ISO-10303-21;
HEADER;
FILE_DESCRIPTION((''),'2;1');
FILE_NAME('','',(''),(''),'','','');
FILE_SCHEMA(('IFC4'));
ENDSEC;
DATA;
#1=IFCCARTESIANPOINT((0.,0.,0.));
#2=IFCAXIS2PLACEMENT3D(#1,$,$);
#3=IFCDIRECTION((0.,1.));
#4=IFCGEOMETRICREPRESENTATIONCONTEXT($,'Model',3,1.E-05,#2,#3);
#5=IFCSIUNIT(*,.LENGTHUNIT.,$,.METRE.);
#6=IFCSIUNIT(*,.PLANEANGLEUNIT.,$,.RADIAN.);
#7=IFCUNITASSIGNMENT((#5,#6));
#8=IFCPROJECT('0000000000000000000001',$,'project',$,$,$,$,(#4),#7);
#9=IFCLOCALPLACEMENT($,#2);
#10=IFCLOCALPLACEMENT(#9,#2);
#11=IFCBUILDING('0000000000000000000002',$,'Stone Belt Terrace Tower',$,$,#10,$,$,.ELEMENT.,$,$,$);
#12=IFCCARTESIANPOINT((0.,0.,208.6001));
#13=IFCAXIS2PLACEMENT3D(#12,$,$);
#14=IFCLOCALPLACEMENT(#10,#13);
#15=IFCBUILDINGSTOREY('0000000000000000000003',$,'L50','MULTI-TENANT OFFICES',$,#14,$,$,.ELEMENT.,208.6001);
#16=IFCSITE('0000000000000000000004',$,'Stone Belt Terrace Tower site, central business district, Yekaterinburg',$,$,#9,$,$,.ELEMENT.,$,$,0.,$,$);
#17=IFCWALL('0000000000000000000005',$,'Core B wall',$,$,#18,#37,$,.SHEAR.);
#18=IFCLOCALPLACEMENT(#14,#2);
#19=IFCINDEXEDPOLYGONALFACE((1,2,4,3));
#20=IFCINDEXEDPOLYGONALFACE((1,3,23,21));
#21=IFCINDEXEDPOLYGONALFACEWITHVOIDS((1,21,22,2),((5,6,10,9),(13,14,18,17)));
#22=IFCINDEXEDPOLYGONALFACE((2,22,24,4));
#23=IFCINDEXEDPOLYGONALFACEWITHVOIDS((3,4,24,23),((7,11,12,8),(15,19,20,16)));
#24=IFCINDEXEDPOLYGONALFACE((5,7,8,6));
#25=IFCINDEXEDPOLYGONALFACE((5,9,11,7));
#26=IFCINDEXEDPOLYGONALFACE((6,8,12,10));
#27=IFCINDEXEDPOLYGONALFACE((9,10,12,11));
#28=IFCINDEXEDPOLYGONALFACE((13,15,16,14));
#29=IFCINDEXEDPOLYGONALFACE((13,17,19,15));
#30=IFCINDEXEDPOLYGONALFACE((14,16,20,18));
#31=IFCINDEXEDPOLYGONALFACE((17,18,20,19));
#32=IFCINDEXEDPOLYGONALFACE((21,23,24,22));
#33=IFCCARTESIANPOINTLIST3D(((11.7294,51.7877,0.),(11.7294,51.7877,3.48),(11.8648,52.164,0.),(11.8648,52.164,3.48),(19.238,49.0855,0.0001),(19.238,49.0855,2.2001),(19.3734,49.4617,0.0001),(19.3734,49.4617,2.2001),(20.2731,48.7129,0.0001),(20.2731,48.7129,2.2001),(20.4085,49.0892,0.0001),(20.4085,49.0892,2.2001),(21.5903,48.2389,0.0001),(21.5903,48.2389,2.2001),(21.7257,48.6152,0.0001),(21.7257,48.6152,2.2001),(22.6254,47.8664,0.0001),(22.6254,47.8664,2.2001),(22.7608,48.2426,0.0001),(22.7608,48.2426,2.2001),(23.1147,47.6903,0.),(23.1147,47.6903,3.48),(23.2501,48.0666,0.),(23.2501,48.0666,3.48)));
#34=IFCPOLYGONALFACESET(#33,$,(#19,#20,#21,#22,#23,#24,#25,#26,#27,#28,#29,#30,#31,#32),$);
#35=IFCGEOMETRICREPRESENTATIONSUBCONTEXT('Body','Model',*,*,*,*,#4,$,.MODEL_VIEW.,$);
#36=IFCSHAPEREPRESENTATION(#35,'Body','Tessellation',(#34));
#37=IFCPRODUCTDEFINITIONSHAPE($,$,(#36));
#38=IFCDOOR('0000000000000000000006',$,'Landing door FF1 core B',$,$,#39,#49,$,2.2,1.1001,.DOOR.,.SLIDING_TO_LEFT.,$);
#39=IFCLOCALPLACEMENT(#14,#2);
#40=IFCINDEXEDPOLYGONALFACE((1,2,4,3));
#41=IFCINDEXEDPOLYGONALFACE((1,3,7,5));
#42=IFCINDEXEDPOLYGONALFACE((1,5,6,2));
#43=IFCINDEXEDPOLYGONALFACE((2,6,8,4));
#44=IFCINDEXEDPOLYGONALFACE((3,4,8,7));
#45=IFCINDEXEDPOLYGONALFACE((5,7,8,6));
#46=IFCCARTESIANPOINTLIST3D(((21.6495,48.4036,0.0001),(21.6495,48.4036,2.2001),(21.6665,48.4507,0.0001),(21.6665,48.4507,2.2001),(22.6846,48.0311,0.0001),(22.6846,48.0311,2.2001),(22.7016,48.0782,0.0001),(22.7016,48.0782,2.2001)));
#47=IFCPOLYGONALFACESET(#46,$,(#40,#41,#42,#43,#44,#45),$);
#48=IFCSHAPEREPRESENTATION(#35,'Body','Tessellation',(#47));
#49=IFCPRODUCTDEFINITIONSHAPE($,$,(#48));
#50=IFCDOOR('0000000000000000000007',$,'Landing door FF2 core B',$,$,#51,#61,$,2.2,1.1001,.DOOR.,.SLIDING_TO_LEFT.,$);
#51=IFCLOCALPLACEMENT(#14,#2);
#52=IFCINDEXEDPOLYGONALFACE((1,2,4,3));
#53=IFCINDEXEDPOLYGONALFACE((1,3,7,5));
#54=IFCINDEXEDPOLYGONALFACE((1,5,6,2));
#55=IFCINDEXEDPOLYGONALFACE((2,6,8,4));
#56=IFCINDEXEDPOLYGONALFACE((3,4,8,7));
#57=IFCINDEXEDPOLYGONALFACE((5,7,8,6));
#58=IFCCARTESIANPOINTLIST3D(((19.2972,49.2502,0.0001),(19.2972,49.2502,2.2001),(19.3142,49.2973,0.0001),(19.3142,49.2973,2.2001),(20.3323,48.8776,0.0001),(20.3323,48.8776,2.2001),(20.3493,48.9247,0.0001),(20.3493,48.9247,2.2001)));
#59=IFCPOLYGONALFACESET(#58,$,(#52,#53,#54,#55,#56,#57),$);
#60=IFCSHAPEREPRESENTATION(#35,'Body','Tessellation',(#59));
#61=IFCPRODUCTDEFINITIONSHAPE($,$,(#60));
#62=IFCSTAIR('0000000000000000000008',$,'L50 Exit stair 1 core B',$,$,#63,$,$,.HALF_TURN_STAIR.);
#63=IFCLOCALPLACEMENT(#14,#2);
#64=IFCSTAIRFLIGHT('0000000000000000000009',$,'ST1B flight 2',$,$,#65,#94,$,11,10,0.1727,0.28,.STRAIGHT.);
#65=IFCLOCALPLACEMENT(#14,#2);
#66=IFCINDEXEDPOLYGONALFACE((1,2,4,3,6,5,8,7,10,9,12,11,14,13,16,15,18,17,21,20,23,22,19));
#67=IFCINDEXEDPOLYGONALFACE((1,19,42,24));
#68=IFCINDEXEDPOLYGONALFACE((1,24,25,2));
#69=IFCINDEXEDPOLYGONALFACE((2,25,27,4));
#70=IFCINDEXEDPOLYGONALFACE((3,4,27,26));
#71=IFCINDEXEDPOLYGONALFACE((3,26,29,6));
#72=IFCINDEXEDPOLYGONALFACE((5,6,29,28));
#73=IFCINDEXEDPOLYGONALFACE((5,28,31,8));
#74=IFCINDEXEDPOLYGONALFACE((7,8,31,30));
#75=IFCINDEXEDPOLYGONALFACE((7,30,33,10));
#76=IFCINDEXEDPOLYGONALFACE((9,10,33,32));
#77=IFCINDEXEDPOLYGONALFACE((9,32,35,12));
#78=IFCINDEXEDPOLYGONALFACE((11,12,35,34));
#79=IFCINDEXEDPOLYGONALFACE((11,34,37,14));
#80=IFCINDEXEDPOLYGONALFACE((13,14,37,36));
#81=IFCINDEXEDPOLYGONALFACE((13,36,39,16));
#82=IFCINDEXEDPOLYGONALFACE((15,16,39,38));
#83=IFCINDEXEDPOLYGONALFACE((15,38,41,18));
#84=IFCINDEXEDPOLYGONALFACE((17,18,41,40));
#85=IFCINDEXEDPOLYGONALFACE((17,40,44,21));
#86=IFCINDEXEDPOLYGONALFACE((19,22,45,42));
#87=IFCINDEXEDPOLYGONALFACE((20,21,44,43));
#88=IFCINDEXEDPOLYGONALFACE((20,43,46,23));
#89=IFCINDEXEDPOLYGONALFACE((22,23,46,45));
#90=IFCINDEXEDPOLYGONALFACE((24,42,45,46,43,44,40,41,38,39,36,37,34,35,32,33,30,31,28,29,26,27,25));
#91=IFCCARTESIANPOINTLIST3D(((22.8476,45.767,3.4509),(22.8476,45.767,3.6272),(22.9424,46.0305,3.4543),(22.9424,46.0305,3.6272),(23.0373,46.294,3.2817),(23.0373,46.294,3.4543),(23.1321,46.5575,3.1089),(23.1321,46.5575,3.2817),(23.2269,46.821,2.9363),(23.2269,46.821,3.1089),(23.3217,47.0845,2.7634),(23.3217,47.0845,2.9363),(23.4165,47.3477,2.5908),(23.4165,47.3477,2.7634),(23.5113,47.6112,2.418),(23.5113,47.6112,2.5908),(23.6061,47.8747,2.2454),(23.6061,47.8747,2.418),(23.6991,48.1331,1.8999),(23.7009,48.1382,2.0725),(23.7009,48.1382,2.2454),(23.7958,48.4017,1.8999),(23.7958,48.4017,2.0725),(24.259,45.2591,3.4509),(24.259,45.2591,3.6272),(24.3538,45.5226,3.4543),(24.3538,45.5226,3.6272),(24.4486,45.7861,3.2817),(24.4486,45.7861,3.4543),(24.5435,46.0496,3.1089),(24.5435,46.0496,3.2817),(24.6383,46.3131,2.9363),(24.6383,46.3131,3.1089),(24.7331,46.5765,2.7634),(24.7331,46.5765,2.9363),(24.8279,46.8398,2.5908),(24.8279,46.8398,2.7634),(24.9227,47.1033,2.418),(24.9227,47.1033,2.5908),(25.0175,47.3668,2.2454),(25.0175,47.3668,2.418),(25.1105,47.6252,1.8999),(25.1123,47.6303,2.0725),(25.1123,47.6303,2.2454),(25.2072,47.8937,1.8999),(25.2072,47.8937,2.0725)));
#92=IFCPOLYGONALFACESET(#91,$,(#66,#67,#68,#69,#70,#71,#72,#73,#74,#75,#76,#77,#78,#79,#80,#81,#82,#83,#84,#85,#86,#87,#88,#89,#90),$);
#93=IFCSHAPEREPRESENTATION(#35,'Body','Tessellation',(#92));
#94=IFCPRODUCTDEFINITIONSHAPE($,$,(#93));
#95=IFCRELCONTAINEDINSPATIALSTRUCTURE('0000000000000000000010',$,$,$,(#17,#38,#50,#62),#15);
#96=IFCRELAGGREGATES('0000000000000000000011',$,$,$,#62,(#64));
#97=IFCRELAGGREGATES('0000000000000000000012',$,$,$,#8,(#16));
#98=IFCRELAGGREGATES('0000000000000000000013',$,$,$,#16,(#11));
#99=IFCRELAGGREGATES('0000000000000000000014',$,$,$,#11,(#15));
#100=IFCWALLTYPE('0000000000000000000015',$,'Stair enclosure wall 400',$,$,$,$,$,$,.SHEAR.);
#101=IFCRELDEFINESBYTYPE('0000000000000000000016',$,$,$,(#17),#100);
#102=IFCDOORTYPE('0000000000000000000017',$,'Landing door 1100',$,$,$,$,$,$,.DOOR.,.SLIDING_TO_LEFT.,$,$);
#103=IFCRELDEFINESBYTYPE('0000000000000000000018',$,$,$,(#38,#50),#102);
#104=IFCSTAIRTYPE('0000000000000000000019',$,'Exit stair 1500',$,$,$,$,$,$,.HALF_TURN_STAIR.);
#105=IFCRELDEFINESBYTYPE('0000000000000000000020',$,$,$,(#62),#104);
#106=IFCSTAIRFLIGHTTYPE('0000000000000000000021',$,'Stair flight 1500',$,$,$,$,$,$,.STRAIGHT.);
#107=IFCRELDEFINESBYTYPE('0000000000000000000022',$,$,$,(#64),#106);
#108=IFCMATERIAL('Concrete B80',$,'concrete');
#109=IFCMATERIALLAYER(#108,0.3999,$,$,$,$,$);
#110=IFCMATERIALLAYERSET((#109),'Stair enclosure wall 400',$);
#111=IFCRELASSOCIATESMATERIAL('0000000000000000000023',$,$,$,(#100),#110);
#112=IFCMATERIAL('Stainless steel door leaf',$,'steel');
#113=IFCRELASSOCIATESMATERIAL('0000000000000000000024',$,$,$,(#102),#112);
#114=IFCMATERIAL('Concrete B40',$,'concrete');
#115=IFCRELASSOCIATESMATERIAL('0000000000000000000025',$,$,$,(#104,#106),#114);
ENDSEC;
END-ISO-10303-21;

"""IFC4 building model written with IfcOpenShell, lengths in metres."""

from ifc_helpers import new_model, si_unit, direction, frame, frame_2d, origin, place, context, subcontext, project, spatial, polyline, rectangle, outline, extrude, material, layer, layer_set, type_object, element, fill, aggregate, save


model = new_model("IFC4")

# Units and contexts
model_context = context("Model", 3, precision=1e-05, world=origin(), true_north=direction((0.0, 1.0)))
body_context = subcontext(model_context, "Body", "Model", "MODEL_VIEW")
ifc_project = project(units=[si_unit("LENGTHUNIT", "METRE"), si_unit("PLANEANGLEUNIT", "RADIAN")], contexts=[model_context])

# Site, building, storey
site_placement = place(None, origin())
site = spatial("IfcSite", under=ifc_project, at=site_placement, Name="Stone Belt Terrace Tower site, central business district, Yekaterinburg", CompositionType="ELEMENT", RefElevation=0.0)
building_placement = place(site_placement, origin())
building = spatial("IfcBuilding", under=site, at=building_placement, Name="Stone Belt Terrace Tower", CompositionType="ELEMENT")
storey_placement = place(building_placement, frame((0.0, 0.0, 208.6001)))
storey = spatial("IfcBuildingStorey", under=building, at=storey_placement, Name="L50", Description="MULTI-TENANT OFFICES", CompositionType="ELEMENT", Elevation=208.6001)

# Shared definitions
ifc_material_1 = material(Name="Concrete B80", Category="concrete")

# Shared definitions
ifc_material_2 = material(Name="Stainless steel door leaf", Category="steel")

# Shared definitions
ifc_layer_1 = layer(ifc_material_1, 0.3999)
ifc_layer_set_1 = layer_set([ifc_layer_1], Name="Stair enclosure wall 400")
wall_type_1 = type_object("IfcWallType", Name="Stair enclosure wall 400", PredefinedType="SHEAR", material=ifc_layer_set_1)

# Wall, openings, doors
wall_1_placement = place(storey_placement, frame((23.1824, 47.8784, 0.0), z_axis=(0.0, 0.0, 1.0), x_axis=(-0.940921, 0.338626, 0.0)))
wall_1 = element("IfcWall", 1, at=wall_1_placement, inside=storey, type_object=wall_type_1, Name="Core B wall", PredefinedType="SHEAR", context=body_context, shape_type="SweptSolid", body=[
    extrude(rectangle(XDim=12.1001, YDim=0.3999, at=frame_2d((6.05, 0.0))), origin(), (0.0, 0.0, 1.0), 3.48),
])
opening_1_placement = place(wall_1_placement, frame((0.52, 0.0, 0.0)))
opening_1 = element("IfcOpeningElement", 2, at=opening_1_placement, cuts=wall_1, PredefinedType="OPENING", context=body_context, shape_type="SweptSolid", body=[
    extrude(rectangle(XDim=1.1001, YDim=2.2, at=frame_2d((0.55, 1.1001))), frame((0.0, 0.21, 0.0), z_axis=(0.0, -1.0, 0.0), x_axis=(1.0, 0.0, 0.0)), (0.0, 0.0, 1.0), 0.4199),
])
opening_2_placement = place(wall_1_placement, frame((3.02, 0.0, 0.0)))
opening_2 = element("IfcOpeningElement", 3, at=opening_2_placement, cuts=wall_1, PredefinedType="OPENING", context=body_context, shape_type="SweptSolid", body=[
    extrude(rectangle(XDim=1.1001, YDim=2.2, at=frame_2d((0.55, 1.1001))), frame((0.0, 0.21, 0.0), z_axis=(0.0, -1.0, 0.0), x_axis=(1.0, 0.0, 0.0)), (0.0, 0.0, 1.0), 0.4199),
])
door_type_1 = type_object("IfcDoorType", Name="Landing door 1100", OperationType="SLIDING_TO_LEFT", PredefinedType="DOOR", material=ifc_material_2)
door_1_placement = place(opening_1_placement, origin())
door_1 = element("IfcDoor", 4, at=door_1_placement, inside=storey, type_object=door_type_1, Name="Landing door FF1 core B", OperationType="SLIDING_TO_LEFT", OverallHeight=2.2, OverallWidth=1.1001, PredefinedType="DOOR", context=body_context, shape_type="SweptSolid", body=[
    extrude(rectangle(XDim=1.1001, YDim=2.2, at=frame_2d((0.55, 1.1001))), frame((0.0, 0.0249, 0.0), z_axis=(0.0, -1.0, 0.0), x_axis=(1.0, 0.0, 0.0)), (0.0, 0.0, 1.0), 0.05),
])
fill(opening_1, door_1)
door_2_placement = place(opening_2_placement, origin())
door_2 = element("IfcDoor", 5, at=door_2_placement, inside=storey, type_object=door_type_1, Name="Landing door FF2 core B", OperationType="SLIDING_TO_LEFT", OverallHeight=2.2, OverallWidth=1.1001, PredefinedType="DOOR", context=body_context, shape_type="SweptSolid", body=[
    extrude(rectangle(XDim=1.1001, YDim=2.2, at=frame_2d((0.55, 1.1001))), frame((0.0, 0.0249, 0.0), z_axis=(0.0, -1.0, 0.0), x_axis=(1.0, 0.0, 0.0)), (0.0, 0.0, 1.0), 0.05),
])
fill(opening_2, door_2)

# Stair, stair flight
ifc_material_3 = material(Name="Concrete B40", Category="concrete")
stair_type = type_object("IfcStairType", Name="Exit stair 1500", PredefinedType="HALF_TURN_STAIR", material=ifc_material_3)
stair_placement = place(storey_placement, origin())
stair = element("IfcStair", 6, at=stair_placement, inside=storey, type_object=stair_type, Name="L50 Exit stair 1 core B", PredefinedType="HALF_TURN_STAIR")
stair_flight_type = type_object("IfcStairFlightType", Name="Stair flight 1500", PredefinedType="STRAIGHT", material=ifc_material_3)
stair_flight_placement = place(storey_placement, frame((24.5015, 48.1477, 1.8999), z_axis=(0.0, 0.0, 1.0), x_axis=(-0.338624, -0.940922, 0.0)))
stair_flight = element("IfcStairFlight", 7, at=stair_flight_placement, type_object=stair_flight_type, Name="ST1B flight 2", NumberOfRisers=11, NumberOfTreads=10, PredefinedType="STRAIGHT", RiserHeight=0.1727, TreadLength=0.28, context=body_context, shape_type="SweptSolid", body=[
    extrude(outline(polyline([(0.0, 0.0), (0.0, 0.1726), (0.28, 0.1726), (0.28, 0.3455), (0.5601, 0.3455), (0.5601, 0.5181), (0.8401, 0.5181), (0.8401, 0.6909), (1.1201, 0.6909), (1.1201, 0.8635), (1.3999, 0.8635), (1.3999, 1.0364), (1.6799, 1.0364), (1.6799, 1.209), (1.96, 1.209), (1.96, 1.3818), (2.24, 1.3818), (2.24, 1.5544), (2.52, 1.5544), (2.52, 1.7273), (2.8, 1.7273), (2.8, 1.8999), (2.8, 1.551), (0.2854, 0.0), (0.0, 0.0)])), frame((0.0, 0.75, 0.0), z_axis=(0.0, -1.0, 0.0), x_axis=(1.0, 0.0, 0.0)), (0.0, 0.0, 1.0), 1.5),
])
aggregate(stair, [stair_flight])

save(model, "model.ifc")
